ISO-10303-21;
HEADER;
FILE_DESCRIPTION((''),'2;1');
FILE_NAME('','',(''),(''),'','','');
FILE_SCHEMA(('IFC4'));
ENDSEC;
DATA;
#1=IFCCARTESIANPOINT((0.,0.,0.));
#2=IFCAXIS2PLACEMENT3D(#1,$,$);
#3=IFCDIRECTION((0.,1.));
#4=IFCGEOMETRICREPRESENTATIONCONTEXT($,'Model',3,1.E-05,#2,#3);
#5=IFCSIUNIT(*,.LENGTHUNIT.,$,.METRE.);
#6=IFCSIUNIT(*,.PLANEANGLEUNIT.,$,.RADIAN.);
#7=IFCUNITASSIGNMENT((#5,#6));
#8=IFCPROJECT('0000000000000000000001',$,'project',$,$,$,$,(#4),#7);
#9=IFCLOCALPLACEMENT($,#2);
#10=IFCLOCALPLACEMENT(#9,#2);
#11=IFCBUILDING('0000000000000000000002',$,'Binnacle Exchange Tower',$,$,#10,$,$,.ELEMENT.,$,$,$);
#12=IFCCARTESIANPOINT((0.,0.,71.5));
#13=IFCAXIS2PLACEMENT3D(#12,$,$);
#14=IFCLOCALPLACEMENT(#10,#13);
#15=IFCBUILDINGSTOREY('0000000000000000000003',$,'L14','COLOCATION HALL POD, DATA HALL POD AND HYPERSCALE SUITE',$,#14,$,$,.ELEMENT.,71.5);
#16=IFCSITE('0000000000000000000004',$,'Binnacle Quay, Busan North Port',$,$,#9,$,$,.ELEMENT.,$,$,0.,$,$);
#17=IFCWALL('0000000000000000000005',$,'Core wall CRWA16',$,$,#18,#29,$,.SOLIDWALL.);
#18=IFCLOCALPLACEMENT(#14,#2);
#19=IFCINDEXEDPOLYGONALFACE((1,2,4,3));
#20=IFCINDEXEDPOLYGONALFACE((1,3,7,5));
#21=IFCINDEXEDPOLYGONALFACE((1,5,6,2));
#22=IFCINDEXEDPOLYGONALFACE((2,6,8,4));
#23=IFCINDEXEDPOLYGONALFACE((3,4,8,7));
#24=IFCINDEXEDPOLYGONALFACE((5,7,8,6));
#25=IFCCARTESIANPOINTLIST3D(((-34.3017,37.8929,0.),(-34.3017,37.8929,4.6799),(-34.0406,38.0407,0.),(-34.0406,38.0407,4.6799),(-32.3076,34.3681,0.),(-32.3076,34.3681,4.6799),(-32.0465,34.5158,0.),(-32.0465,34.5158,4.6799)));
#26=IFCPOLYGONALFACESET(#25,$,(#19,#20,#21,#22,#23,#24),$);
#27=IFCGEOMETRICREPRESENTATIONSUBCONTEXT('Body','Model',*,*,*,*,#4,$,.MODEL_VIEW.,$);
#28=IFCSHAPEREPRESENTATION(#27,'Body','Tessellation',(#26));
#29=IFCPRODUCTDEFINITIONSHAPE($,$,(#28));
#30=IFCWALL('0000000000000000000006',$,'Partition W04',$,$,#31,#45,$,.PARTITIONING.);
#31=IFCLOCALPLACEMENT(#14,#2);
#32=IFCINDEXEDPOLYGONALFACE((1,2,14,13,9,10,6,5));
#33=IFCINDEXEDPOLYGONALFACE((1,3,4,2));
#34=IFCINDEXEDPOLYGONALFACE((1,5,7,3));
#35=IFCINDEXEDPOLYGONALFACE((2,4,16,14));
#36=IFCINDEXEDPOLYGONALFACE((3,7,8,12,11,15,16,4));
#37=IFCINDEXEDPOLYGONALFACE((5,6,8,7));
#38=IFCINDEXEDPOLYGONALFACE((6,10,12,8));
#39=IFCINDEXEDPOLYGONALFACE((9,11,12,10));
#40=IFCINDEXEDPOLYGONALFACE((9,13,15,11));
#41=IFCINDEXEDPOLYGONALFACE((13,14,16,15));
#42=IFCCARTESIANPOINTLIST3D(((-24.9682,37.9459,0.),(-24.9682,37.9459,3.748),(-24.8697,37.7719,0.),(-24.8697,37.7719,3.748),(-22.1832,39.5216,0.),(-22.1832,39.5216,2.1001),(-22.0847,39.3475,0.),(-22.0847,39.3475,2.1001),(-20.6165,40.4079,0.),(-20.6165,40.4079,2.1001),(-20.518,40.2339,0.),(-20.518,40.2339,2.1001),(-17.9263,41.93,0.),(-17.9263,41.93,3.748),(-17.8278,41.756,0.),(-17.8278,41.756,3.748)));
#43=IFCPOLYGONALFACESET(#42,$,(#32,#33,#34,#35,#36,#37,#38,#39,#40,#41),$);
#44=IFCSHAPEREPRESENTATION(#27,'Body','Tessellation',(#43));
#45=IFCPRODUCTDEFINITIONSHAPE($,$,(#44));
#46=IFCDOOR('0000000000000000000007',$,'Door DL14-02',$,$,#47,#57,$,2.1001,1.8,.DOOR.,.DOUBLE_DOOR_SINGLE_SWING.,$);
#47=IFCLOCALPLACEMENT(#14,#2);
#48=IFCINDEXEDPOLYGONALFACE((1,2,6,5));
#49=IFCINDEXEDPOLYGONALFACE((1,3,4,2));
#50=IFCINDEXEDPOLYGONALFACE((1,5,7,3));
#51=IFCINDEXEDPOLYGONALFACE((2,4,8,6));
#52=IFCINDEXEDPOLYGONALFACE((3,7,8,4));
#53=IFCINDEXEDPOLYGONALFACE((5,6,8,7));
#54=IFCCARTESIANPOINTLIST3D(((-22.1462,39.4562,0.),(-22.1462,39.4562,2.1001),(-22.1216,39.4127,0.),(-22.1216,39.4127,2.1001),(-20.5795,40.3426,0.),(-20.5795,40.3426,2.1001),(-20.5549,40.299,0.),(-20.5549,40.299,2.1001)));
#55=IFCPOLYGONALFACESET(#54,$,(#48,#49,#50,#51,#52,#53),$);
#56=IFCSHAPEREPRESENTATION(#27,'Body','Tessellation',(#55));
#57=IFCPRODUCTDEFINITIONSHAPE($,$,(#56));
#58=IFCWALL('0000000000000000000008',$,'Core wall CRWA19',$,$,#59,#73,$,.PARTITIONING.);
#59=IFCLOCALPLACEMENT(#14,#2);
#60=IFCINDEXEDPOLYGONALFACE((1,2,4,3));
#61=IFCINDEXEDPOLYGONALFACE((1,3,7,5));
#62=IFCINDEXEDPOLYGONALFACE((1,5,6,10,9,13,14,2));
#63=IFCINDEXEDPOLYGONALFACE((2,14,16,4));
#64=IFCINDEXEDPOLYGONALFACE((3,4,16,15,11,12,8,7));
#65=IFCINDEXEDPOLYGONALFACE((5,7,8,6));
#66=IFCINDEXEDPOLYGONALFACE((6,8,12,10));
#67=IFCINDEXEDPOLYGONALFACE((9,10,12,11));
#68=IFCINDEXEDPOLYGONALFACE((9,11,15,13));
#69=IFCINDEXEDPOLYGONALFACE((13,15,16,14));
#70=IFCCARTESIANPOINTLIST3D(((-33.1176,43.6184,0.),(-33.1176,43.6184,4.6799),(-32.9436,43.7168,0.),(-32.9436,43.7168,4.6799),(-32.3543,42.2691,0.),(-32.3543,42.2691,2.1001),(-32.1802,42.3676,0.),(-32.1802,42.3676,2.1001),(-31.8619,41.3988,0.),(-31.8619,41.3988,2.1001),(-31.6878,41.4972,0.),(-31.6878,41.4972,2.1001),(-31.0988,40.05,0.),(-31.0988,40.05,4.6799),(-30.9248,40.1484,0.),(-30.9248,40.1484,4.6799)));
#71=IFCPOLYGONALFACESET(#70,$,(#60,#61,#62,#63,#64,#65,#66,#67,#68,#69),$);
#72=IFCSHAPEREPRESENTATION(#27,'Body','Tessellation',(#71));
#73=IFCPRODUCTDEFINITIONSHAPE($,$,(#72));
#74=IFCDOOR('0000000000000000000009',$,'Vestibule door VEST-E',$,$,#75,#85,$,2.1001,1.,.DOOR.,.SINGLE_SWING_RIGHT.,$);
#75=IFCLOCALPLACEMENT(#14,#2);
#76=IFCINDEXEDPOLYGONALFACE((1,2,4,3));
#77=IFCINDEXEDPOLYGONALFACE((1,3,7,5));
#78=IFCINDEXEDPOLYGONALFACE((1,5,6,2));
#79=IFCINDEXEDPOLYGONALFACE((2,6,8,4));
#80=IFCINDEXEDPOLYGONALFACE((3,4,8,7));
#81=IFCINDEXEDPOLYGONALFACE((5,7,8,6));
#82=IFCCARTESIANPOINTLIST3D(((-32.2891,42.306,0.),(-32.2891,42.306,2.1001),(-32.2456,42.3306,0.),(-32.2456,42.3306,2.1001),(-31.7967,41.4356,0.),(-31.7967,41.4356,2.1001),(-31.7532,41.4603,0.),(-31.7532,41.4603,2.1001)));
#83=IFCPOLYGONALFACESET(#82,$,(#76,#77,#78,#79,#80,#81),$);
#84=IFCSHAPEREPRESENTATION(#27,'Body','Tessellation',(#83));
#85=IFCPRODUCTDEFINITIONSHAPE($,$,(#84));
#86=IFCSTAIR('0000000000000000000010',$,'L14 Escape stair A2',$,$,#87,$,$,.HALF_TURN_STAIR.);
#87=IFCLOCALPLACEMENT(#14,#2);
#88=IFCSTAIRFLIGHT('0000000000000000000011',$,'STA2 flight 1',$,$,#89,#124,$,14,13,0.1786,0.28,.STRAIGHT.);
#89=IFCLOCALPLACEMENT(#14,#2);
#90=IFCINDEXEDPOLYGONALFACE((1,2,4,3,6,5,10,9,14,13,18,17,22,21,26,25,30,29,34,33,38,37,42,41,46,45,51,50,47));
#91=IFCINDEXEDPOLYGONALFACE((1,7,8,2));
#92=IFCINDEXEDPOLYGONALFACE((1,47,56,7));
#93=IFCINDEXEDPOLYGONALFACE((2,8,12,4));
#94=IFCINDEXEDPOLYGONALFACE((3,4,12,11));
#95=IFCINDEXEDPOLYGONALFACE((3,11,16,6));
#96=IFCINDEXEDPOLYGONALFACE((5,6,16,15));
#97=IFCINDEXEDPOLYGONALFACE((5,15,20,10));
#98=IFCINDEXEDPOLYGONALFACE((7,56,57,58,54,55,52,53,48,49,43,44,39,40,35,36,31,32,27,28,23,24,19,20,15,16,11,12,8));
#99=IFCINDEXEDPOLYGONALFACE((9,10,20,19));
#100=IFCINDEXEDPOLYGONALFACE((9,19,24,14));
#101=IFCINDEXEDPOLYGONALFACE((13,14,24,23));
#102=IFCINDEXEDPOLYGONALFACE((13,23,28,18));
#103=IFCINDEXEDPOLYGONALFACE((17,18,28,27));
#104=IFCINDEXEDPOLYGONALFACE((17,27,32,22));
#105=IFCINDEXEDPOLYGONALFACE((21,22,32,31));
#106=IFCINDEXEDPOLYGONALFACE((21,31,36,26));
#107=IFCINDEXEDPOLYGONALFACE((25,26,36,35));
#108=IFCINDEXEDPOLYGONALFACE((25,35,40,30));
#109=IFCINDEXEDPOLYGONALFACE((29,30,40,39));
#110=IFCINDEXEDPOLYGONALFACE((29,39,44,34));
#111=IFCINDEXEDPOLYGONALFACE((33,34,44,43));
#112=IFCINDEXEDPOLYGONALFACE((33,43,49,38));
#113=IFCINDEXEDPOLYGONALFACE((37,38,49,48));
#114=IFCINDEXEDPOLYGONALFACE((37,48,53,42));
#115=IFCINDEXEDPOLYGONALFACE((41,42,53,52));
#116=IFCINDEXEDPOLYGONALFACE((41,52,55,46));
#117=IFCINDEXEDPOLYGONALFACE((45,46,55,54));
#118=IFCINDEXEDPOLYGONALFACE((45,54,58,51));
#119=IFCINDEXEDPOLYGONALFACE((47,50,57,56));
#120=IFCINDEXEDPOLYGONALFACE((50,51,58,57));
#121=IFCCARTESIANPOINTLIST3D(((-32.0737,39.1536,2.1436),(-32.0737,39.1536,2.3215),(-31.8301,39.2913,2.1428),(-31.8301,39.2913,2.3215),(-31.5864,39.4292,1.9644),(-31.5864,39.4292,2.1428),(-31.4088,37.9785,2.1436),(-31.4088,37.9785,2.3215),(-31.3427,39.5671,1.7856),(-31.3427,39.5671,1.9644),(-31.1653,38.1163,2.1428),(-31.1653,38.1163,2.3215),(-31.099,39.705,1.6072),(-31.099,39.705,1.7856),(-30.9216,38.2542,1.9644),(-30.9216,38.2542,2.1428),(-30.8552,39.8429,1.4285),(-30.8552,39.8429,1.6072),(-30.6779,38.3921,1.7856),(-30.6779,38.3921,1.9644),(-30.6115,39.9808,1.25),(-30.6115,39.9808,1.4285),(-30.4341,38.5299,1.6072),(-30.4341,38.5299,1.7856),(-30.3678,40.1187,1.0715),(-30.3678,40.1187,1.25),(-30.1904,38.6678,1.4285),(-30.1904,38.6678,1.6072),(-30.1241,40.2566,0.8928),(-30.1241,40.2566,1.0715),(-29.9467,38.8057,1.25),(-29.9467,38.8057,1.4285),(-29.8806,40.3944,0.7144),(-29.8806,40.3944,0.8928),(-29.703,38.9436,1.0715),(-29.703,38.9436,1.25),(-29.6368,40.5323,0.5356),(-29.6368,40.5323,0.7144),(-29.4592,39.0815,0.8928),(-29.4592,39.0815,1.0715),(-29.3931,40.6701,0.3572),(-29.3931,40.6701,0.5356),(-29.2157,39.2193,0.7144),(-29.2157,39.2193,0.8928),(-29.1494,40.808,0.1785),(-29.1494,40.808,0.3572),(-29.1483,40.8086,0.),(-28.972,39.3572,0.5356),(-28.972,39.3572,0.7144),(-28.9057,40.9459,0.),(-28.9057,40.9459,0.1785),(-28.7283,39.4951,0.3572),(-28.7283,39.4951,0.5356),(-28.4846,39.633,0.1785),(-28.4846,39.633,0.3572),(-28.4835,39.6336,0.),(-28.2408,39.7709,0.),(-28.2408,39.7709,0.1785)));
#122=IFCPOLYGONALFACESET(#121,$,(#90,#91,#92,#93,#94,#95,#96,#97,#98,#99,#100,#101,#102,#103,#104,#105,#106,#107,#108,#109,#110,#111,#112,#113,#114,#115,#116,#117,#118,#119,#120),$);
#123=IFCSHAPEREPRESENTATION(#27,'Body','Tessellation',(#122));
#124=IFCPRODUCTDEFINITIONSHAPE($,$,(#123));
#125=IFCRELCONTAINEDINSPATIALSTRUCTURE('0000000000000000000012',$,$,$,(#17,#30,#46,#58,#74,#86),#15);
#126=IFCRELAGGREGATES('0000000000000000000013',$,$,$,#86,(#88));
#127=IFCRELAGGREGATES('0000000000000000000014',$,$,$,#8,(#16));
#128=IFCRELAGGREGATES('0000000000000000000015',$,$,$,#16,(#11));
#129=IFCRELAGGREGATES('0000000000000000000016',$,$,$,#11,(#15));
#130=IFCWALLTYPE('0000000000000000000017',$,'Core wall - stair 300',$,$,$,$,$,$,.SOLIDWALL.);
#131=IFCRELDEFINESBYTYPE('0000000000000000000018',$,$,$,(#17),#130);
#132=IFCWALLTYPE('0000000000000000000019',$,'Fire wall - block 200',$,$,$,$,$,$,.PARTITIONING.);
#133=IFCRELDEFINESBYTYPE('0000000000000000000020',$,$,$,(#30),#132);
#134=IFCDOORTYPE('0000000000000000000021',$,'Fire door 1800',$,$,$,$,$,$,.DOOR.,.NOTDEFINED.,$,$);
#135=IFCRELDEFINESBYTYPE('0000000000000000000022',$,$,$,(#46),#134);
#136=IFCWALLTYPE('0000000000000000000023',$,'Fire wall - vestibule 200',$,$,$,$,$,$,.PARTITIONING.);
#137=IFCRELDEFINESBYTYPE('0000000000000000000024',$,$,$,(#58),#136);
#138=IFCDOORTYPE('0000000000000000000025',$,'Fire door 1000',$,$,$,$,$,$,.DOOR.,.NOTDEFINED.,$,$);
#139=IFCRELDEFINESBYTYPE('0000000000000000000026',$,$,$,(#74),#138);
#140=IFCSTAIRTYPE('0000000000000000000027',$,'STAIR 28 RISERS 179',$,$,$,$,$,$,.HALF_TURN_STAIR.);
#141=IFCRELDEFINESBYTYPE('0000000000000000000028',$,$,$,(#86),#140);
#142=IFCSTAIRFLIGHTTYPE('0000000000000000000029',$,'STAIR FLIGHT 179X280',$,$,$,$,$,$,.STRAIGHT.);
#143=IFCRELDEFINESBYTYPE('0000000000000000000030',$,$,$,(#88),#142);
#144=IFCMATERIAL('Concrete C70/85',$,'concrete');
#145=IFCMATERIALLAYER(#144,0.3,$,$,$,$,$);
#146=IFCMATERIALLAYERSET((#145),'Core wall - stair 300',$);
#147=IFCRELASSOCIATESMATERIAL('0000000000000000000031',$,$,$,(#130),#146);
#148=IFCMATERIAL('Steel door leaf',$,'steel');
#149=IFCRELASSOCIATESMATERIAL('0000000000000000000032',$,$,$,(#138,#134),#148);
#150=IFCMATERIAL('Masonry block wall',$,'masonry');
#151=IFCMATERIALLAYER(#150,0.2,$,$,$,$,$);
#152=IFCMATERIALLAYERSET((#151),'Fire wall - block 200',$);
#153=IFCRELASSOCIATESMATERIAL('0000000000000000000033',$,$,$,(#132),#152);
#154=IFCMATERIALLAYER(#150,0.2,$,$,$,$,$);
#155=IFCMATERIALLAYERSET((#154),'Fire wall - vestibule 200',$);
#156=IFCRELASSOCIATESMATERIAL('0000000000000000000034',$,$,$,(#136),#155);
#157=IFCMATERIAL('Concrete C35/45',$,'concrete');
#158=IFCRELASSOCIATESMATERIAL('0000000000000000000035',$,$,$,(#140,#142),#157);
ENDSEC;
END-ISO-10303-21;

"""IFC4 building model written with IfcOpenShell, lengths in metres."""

from ifc_helpers import new_model, si_unit, direction, frame, frame_2d, origin, place, context, subcontext, project, spatial, polyline, rectangle, outline, extrude, material, layer, layer_set, type_object, element, fill, aggregate, save


model = new_model("IFC4")

# Units and contexts
model_context = context("Model", 3, precision=1e-05, world=origin(), true_north=direction((0.0, 1.0)))
body_context = subcontext(model_context, "Body", "Model", "MODEL_VIEW")
ifc_project = project(units=[si_unit("LENGTHUNIT", "METRE"), si_unit("PLANEANGLEUNIT", "RADIAN")], contexts=[model_context])

# Site, building, storey
site_placement = place(None, origin())
site = spatial("IfcSite", under=ifc_project, at=site_placement, Name="Binnacle Quay, Busan North Port", CompositionType="ELEMENT", RefElevation=0.0)
building_placement = place(site_placement, origin())
building = spatial("IfcBuilding", under=site, at=building_placement, Name="Binnacle Exchange Tower", CompositionType="ELEMENT")
storey_placement = place(building_placement, frame((0.0, 0.0, 71.5)))
storey = spatial("IfcBuildingStorey", under=building, at=storey_placement, Name="L14", Description="COLOCATION HALL POD, DATA HALL POD AND HYPERSCALE SUITE", CompositionType="ELEMENT", Elevation=71.5)

# Shared definitions
ifc_material_1 = material(Name="Concrete C70/85", Category="concrete")

# Shared definitions
ifc_material_2 = material(Name="Steel door leaf", Category="steel")

# Shared definitions
ifc_layer_1 = layer(ifc_material_1, 0.3)
ifc_layer_set_1 = layer_set([ifc_layer_1], Name="Core wall - stair 300")
wall_type_1 = type_object("IfcWallType", Name="Core wall - stair 300", PredefinedType="SOLIDWALL", material=ifc_layer_set_1)
door_type_1 = type_object("IfcDoorType", Name="Fire door 1000", OperationType="NOTDEFINED", PredefinedType="DOOR", material=ifc_material_2)

# Wall
wall_1_placement = place(storey_placement, frame((-34.1711, 37.9668, 0.0), z_axis=(0.0, 0.0, 1.0), x_axis=(0.492395, -0.870372, 0.0)))
element("IfcWall", 1, at=wall_1_placement, inside=storey, type_object=wall_type_1, Name="Core wall CRWA16", PredefinedType="SOLIDWALL", context=body_context, shape_type="SweptSolid", body=[
    extrude(rectangle(XDim=4.0498, YDim=0.3, at=frame_2d((2.0249, 0.0))), origin(), (0.0, 0.0, 1.0), 4.6799),
])

# Walls, openings, doors
ifc_material_3 = material(Name="Masonry block wall", Category="masonry")
ifc_layer_2 = layer(ifc_material_3, 0.2)
ifc_layer_set_2 = layer_set([ifc_layer_2], Name="Fire wall - block 200")
wall_type_2 = type_object("IfcWallType", Name="Fire wall - block 200", PredefinedType="PARTITIONING", material=ifc_layer_set_2)
wall_2_placement = place(storey_placement, frame((-24.9189, 37.8589, 0.0), z_axis=(0.0, 0.0, 1.0), x_axis=(0.870358, 0.49242, 0.0)))
wall_2 = element("IfcWall", 2, at=wall_2_placement, inside=storey, type_object=wall_type_2, Name="Partition W04", PredefinedType="PARTITIONING", context=body_context, shape_type="SweptSolid", body=[
    extrude(rectangle(XDim=8.0908, YDim=0.2, at=frame_2d((4.0454, 0.0))), origin(), (0.0, 0.0, 1.0), 3.748),
])
opening_1_placement = place(wall_2_placement, frame((3.2, 0.0, 0.0)))
opening_1 = element("IfcOpeningElement", 3, at=opening_1_placement, cuts=wall_2, PredefinedType="OPENING", context=body_context, shape_type="SweptSolid", body=[
    extrude(rectangle(XDim=1.8, YDim=2.1001, at=frame_2d((0.8999, 1.05))), frame((0.0, 0.1099, 0.0), z_axis=(0.0, -1.0, 0.0), x_axis=(1.0, 0.0, 0.0)), (0.0, 0.0, 1.0), 0.22),
])
door_type_2 = type_object("IfcDoorType", Name="Fire door 1800", OperationType="NOTDEFINED", PredefinedType="DOOR", material=ifc_material_2)
door_1_placement = place(opening_1_placement, origin())
door_1 = element("IfcDoor", 4, at=door_1_placement, inside=storey, type_object=door_type_2, Name="Door DL14-02", OperationType="DOUBLE_DOOR_SINGLE_SWING", OverallHeight=2.1001, OverallWidth=1.8, PredefinedType="DOOR", context=body_context, shape_type="SweptSolid", body=[
    extrude(rectangle(XDim=1.8, YDim=2.1001, at=frame_2d((0.8999, 1.05))), frame((0.0, 0.0249, 0.0), z_axis=(0.0, -1.0, 0.0), x_axis=(1.0, 0.0, 0.0)), (0.0, 0.0, 1.0), 0.05),
])
fill(opening_1, door_1)
ifc_layer_3 = layer(ifc_material_3, 0.2)
ifc_layer_set_3 = layer_set([ifc_layer_3], Name="Fire wall - vestibule 200")
wall_type_3 = type_object("IfcWallType", Name="Fire wall - vestibule 200", PredefinedType="PARTITIONING", material=ifc_layer_set_3)
wall_3_placement = place(storey_placement, frame((-33.0305, 43.6675, 0.0), z_axis=(0.0, 0.0, 1.0), x_axis=(0.492408, -0.870364, 0.0)))
wall_3 = element("IfcWall", 5, at=wall_3_placement, inside=storey, type_object=wall_type_3, Name="Core wall CRWA19", PredefinedType="PARTITIONING", context=body_context, shape_type="SweptSolid", body=[
    extrude(rectangle(XDim=4.0999, YDim=0.2, at=frame_2d((2.0498, 0.0))), origin(), (0.0, 0.0, 1.0), 4.6799),
])
opening_2_placement = place(wall_3_placement, frame((1.55, 0.0, 0.0)))
opening_2 = element("IfcOpeningElement", 6, at=opening_2_placement, cuts=wall_3, PredefinedType="OPENING", context=body_context, shape_type="SweptSolid", body=[
    extrude(rectangle(XDim=1.0, YDim=2.1001, at=frame_2d((0.5, 1.05))), frame((0.0, 0.1099, 0.0), z_axis=(0.0, -1.0, 0.0), x_axis=(1.0, 0.0, 0.0)), (0.0, 0.0, 1.0), 0.22),
])
door_2_placement = place(opening_2_placement, origin())
door_2 = element("IfcDoor", 7, at=door_2_placement, inside=storey, type_object=door_type_1, Name="Vestibule door VEST-E", OperationType="SINGLE_SWING_RIGHT", OverallHeight=2.1001, OverallWidth=1.0, PredefinedType="DOOR", context=body_context, shape_type="SweptSolid", body=[
    extrude(rectangle(XDim=1.0, YDim=2.1001, at=frame_2d((0.5, 1.05))), frame((0.0, 0.0249, 0.0), z_axis=(0.0, -1.0, 0.0), x_axis=(1.0, 0.0, 0.0)), (0.0, 0.0, 1.0), 0.05),
])
fill(opening_2, door_2)

# Stair, stair flight
ifc_material_4 = material(Name="Concrete C35/45", Category="concrete")
stair_type = type_object("IfcStairType", Name="STAIR 28 RISERS 179", PredefinedType="HALF_TURN_STAIR", material=ifc_material_4)
stair_placement = place(storey_placement, origin())
stair = element("IfcStair", 8, at=stair_placement, inside=storey, type_object=stair_type, Name="L14 Escape stair A2", PredefinedType="HALF_TURN_STAIR")
stair_flight_type = type_object("IfcStairFlightType", Name="STAIR FLIGHT 179X280", PredefinedType="STRAIGHT", material=ifc_material_4)
stair_flight_placement = place(storey_placement, frame((-28.5732, 40.3584, 0.0), z_axis=(0.0, 0.0, 1.0), x_axis=(-0.870356, -0.492424, 0.0)))
stair_flight = element("IfcStairFlight", 9, at=stair_flight_placement, type_object=stair_flight_type, Name="STA2 flight 1", NumberOfRisers=14, NumberOfTreads=13, PredefinedType="STRAIGHT", RiserHeight=0.1786, TreadLength=0.28, context=body_context, shape_type="SweptSolid", body=[
    extrude(outline(polyline([(0.0, 0.0), (0.0, 0.1785), (0.28, 0.1785), (0.28, 0.3572), (0.5601, 0.3572), (0.5601, 0.5356), (0.8401, 0.5356), (0.8401, 0.7144), (1.1201, 0.7144), (1.1201, 0.8928), (1.3999, 0.8928), (1.3999, 1.0715), (1.6799, 1.0715), (1.6799, 1.25), (1.96, 1.25), (1.96, 1.4285), (2.24, 1.4285), (2.24, 1.6072), (2.52, 1.6072), (2.52, 1.7856), (2.8, 1.7856), (2.8, 1.9644), (3.0801, 1.9644), (3.0801, 2.1428), (3.3601, 2.1428), (3.3601, 2.3215), (3.6399, 2.3215), (3.6399, 2.5), (3.6399, 2.1436), (0.2788, 0.0), (0.0, 0.0)])), frame((0.0, 0.675, 0.0), z_axis=(0.0, -1.0, 0.0), x_axis=(1.0, 0.0, 0.0)), (0.0, 0.0, 1.0), 1.3501),
])
aggregate(stair, [stair_flight])

save(model, "model.ifc")
